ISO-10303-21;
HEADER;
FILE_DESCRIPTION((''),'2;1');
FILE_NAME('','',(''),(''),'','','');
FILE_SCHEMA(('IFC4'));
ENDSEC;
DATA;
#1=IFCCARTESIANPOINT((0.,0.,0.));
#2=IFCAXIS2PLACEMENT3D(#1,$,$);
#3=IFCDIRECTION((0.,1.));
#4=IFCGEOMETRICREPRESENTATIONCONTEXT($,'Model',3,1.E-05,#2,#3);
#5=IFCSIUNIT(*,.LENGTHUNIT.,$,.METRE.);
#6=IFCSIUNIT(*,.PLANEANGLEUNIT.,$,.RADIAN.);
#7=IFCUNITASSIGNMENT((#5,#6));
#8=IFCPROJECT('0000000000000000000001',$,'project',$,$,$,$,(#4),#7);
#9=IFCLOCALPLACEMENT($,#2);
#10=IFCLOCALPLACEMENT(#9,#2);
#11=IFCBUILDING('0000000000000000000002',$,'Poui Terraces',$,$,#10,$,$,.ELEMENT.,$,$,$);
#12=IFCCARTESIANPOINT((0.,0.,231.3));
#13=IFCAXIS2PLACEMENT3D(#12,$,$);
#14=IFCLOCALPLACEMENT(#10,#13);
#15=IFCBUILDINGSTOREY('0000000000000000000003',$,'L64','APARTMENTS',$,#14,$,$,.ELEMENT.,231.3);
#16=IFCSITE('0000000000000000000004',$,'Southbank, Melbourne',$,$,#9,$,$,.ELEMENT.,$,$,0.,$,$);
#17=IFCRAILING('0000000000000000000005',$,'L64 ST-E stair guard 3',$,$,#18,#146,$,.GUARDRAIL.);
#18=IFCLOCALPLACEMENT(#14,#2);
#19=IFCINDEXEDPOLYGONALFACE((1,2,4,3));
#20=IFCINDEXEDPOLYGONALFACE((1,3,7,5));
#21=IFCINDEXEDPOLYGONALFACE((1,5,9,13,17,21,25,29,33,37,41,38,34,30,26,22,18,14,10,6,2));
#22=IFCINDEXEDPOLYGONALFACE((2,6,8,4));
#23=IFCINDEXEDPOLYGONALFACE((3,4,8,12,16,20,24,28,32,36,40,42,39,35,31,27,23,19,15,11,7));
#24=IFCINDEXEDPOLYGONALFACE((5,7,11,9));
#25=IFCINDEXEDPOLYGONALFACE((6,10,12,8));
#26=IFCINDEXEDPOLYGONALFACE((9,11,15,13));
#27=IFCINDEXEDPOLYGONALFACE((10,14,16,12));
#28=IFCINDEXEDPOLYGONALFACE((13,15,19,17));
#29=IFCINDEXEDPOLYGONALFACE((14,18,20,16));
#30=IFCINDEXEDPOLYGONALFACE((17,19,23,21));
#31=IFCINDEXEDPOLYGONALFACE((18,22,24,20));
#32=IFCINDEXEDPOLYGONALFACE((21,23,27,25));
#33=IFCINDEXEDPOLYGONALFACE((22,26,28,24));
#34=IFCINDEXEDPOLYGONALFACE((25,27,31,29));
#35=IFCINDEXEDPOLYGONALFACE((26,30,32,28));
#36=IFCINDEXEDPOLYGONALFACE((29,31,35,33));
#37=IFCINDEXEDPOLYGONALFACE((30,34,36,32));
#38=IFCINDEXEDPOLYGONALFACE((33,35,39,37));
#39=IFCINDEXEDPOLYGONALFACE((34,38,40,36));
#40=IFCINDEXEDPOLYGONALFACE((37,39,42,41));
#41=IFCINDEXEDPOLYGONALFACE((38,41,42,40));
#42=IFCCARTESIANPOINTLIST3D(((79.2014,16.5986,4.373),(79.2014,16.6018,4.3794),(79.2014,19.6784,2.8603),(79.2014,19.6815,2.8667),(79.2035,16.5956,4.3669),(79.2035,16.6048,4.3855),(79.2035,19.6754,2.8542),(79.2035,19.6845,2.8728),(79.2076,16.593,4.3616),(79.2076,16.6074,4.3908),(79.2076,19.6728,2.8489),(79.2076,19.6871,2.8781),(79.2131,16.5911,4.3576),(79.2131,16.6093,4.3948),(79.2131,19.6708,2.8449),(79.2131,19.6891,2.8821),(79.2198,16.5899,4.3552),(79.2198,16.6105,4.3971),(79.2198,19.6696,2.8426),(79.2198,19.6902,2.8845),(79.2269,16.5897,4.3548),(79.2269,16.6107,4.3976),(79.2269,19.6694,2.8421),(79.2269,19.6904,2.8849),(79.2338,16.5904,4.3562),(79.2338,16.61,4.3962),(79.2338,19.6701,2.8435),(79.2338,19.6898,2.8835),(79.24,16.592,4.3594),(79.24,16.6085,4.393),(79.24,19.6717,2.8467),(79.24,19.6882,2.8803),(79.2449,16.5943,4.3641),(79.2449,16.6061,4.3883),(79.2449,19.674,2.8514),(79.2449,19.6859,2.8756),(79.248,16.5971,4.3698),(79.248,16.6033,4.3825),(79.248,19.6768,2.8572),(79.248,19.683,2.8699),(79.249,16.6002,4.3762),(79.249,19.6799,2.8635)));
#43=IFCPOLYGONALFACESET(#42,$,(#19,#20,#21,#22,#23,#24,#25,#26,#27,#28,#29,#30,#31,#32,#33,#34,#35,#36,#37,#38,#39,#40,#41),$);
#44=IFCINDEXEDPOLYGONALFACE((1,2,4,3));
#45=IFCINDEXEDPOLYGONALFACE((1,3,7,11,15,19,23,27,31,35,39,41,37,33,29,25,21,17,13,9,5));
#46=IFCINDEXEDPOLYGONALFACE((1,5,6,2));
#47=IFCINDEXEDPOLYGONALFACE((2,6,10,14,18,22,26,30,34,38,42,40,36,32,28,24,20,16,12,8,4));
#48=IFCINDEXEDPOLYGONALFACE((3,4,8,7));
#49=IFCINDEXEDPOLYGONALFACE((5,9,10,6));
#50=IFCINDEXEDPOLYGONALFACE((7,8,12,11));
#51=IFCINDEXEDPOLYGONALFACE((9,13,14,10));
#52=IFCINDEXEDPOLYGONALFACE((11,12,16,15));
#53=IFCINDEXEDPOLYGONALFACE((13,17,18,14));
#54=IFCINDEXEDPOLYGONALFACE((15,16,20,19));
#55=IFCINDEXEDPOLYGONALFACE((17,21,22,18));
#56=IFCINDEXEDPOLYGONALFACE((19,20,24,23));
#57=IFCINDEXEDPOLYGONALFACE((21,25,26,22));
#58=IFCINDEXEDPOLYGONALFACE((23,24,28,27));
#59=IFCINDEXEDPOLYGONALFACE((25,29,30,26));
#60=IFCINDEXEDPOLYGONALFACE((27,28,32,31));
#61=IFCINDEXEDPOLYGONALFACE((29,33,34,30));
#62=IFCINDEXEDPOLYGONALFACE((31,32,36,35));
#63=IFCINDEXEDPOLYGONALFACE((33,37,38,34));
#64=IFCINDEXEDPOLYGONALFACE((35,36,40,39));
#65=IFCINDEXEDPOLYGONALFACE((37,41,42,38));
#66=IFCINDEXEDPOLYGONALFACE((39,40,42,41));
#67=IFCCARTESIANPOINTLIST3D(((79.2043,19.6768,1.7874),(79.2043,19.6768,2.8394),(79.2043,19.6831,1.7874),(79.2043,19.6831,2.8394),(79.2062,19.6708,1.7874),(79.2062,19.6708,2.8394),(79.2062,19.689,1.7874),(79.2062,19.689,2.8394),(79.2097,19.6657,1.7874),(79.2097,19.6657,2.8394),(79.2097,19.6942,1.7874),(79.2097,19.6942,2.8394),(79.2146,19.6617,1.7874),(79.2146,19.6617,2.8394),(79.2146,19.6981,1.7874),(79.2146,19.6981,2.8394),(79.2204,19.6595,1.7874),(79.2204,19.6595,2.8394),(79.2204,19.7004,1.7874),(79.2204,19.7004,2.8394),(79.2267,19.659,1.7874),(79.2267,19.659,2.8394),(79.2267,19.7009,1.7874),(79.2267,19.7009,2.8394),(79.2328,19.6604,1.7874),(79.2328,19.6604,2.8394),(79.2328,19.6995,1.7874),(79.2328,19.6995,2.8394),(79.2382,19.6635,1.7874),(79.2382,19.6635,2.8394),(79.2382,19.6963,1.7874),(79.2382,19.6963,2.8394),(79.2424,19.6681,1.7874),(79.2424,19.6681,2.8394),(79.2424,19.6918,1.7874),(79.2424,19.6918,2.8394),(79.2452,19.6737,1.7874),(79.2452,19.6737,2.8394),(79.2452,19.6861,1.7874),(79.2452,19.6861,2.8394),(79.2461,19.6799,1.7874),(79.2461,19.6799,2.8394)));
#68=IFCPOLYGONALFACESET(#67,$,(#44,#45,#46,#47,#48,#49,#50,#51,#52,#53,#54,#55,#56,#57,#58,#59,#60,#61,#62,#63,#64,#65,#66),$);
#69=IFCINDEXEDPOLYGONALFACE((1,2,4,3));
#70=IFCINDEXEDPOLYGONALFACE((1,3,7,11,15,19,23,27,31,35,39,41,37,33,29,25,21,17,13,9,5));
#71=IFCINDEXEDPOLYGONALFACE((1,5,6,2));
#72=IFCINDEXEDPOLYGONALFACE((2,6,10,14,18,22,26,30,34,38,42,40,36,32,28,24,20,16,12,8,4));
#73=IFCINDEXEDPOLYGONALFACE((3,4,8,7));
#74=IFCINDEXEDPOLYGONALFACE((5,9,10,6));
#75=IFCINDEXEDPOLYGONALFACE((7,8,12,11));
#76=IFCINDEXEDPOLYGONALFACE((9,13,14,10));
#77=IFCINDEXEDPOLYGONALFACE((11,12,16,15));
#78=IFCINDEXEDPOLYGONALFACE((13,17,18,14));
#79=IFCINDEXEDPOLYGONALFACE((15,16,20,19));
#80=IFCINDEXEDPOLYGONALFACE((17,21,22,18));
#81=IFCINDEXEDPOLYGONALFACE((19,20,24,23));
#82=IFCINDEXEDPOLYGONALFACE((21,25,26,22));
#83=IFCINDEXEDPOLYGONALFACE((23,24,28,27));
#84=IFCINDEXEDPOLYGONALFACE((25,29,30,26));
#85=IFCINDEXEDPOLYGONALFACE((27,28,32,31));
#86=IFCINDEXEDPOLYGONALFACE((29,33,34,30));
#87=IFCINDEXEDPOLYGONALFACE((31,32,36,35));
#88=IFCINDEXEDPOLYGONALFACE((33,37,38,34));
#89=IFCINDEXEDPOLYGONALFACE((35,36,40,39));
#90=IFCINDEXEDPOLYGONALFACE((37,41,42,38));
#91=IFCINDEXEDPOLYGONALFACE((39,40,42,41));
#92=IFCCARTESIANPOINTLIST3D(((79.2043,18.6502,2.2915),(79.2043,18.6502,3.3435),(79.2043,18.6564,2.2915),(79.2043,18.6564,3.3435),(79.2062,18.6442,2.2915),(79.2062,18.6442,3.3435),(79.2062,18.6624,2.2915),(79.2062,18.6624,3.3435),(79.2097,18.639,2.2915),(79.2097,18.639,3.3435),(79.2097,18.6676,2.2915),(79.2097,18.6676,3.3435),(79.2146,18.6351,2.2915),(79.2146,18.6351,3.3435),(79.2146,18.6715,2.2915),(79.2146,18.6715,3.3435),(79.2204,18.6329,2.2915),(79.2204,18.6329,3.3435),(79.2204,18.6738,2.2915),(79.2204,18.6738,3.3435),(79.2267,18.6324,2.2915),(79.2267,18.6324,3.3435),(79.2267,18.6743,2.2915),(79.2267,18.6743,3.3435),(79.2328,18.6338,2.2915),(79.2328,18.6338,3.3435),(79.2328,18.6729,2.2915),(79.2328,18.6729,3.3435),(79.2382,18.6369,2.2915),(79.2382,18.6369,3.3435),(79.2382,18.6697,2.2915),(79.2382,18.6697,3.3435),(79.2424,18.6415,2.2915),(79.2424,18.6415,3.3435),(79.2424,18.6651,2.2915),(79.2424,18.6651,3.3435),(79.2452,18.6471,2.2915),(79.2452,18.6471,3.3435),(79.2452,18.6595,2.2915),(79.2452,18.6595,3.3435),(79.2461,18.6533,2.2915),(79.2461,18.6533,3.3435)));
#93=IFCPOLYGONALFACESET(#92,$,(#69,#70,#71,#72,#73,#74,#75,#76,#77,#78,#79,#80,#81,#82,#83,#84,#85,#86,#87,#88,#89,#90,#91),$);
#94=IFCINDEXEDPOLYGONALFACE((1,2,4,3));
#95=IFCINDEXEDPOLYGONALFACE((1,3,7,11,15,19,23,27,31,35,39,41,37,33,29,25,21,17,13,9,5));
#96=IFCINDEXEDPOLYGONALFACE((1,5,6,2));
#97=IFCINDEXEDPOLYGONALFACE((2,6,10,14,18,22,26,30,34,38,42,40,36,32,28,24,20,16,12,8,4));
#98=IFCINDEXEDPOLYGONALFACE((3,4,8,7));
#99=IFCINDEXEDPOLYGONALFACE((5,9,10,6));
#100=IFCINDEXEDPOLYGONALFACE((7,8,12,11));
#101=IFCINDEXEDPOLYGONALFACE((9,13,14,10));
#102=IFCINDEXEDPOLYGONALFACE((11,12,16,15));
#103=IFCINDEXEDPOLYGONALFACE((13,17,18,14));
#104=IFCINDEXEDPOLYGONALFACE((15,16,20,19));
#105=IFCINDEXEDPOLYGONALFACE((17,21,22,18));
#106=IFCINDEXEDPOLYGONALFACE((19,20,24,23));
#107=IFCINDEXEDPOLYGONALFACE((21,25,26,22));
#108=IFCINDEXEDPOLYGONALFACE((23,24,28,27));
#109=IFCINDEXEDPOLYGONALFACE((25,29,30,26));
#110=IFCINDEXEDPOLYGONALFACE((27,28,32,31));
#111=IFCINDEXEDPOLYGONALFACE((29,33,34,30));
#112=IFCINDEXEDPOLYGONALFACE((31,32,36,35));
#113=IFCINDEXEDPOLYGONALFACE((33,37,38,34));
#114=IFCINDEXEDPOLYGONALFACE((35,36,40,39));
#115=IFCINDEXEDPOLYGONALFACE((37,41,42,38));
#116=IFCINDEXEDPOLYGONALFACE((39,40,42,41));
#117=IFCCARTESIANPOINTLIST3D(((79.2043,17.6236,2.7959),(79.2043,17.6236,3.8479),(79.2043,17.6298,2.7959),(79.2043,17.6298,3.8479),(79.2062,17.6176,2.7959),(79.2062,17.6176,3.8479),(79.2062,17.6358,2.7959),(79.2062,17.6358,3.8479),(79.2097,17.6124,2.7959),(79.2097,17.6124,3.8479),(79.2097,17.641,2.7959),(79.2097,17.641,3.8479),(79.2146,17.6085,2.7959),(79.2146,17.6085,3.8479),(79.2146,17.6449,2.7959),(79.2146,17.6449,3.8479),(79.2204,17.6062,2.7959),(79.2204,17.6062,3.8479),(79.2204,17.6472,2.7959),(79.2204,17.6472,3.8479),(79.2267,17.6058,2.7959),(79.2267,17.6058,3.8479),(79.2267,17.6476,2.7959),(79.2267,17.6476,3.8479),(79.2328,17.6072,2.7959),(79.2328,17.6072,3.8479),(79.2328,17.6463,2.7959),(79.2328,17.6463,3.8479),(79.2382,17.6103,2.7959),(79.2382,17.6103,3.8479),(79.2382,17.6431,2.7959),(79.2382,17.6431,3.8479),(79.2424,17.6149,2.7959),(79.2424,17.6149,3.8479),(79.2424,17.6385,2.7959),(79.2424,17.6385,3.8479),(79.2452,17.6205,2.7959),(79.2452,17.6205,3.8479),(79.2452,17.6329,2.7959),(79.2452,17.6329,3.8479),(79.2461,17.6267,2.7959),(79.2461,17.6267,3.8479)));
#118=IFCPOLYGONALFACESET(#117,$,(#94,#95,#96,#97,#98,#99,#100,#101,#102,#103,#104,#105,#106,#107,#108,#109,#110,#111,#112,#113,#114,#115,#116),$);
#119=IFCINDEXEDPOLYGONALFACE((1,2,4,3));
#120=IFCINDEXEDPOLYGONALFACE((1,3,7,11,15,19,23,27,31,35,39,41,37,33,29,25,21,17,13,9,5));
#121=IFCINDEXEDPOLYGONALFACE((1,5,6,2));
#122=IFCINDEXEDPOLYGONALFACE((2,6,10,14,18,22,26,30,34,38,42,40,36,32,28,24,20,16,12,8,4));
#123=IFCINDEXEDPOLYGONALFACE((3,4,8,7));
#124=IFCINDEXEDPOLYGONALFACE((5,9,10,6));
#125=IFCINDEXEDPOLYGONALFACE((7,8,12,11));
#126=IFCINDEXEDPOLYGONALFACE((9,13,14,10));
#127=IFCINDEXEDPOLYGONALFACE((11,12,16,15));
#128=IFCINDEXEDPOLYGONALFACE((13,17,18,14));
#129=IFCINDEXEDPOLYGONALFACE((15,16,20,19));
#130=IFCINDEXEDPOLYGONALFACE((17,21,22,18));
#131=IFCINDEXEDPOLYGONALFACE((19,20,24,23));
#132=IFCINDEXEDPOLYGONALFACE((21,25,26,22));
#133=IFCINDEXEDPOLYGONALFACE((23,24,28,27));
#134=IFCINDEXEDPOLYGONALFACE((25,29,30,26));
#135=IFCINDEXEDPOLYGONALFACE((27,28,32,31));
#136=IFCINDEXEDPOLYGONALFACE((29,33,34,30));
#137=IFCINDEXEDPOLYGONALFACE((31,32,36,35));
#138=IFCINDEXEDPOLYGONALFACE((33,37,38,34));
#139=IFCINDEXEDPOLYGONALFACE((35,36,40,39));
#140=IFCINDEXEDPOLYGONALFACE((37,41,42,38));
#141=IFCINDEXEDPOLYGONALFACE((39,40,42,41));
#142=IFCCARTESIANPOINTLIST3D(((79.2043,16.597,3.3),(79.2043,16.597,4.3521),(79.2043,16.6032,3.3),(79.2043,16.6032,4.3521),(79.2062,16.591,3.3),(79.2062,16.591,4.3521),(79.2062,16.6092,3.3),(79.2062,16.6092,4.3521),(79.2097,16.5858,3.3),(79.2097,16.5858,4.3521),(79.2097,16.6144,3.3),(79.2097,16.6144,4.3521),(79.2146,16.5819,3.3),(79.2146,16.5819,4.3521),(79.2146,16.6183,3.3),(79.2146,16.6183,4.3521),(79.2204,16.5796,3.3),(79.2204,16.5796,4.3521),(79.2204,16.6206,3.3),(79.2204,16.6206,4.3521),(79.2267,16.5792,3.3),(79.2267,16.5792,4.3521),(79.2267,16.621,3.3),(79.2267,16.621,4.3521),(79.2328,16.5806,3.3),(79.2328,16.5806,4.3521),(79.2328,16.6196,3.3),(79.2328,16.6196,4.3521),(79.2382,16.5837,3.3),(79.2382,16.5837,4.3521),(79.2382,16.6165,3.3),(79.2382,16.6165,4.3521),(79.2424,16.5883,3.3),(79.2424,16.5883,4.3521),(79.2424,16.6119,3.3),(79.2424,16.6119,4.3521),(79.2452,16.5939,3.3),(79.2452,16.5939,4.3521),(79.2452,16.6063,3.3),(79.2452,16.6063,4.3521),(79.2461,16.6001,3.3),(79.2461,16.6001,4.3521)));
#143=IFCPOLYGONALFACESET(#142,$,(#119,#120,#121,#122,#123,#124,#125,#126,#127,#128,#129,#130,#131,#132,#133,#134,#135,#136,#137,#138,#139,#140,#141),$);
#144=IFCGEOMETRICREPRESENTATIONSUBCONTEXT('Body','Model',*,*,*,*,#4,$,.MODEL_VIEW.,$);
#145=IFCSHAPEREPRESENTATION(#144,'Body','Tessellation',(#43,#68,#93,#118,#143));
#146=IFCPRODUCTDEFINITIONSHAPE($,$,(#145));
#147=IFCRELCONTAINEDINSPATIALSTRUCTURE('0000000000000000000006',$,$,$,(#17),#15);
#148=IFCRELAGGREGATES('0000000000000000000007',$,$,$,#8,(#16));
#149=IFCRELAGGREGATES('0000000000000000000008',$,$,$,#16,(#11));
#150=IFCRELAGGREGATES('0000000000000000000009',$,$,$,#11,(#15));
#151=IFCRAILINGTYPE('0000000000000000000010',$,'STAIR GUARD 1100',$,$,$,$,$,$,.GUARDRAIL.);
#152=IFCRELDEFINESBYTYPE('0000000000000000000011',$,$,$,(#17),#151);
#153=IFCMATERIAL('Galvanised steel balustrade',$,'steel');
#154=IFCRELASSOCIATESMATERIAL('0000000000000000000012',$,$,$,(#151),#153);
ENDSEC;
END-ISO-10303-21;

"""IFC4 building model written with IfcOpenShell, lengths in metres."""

from ifc_helpers import new_model, si_unit, direction, frame, origin, origin_2d, place, context, subcontext, project, spatial, circle, extrude, material, type_object, element, save


model = new_model("IFC4")

# Units and contexts
model_context = context("Model", 3, precision=1e-05, world=origin(), true_north=direction((0.0, 1.0)))
body_context = subcontext(model_context, "Body", "Model", "MODEL_VIEW")
ifc_project = project(units=[si_unit("LENGTHUNIT", "METRE"), si_unit("PLANEANGLEUNIT", "RADIAN")], contexts=[model_context])

# Site, building, storey
site_placement = place(None, origin())
site = spatial("IfcSite", under=ifc_project, at=site_placement, Name="Southbank, Melbourne", CompositionType="ELEMENT", RefElevation=0.0)
building_placement = place(site_placement, origin())
building = spatial("IfcBuilding", under=site, at=building_placement, Name="Poui Terraces", CompositionType="ELEMENT")
storey_placement = place(building_placement, frame((0.0, 0.0, 231.3)))
storey = spatial("IfcBuildingStorey", under=building, at=storey_placement, Name="L64", Description="APARTMENTS", CompositionType="ELEMENT", Elevation=231.3)

# Railing
ifc_material_1 = material(Name="Galvanised steel balustrade", Category="steel")
railing_type_1 = type_object("IfcRailingType", Name="STAIR GUARD 1100", PredefinedType="GUARDRAIL", material=ifc_material_1)
railing_1_placement = place(storey_placement, frame((79.2251, 19.6799, 1.7874)))
element("IfcRailing", 1, at=railing_1_placement, inside=storey, type_object=railing_type_1, Name="L64 ST-E stair guard 3", PredefinedType="GUARDRAIL", context=body_context, shape_type="SweptSolid", body=[
    extrude(circle(Radius=0.0239, at=origin_2d()), frame((0.0, 0.0, 1.0762), z_axis=(0.0, -0.897578, 0.440856), x_axis=(1.0, 0.0, 0.0)), (0.0, 0.0, 1.0), 3.4312),
    extrude(circle(Radius=0.021, at=origin_2d()), origin(), (0.0, 0.0, 1.0), 1.052),
    extrude(circle(Radius=0.021, at=origin_2d()), frame((0.0, -1.0266, 0.5042)), (0.0, 0.0, 1.0), 1.052),
    extrude(circle(Radius=0.021, at=origin_2d()), frame((0.0, -2.0532, 1.0085)), (0.0, 0.0, 1.0), 1.052),
    extrude(circle(Radius=0.021, at=origin_2d()), frame((0.0, -3.0798, 1.5127)), (0.0, 0.0, 1.0), 1.052),
])

save(model, "model.ifc")
